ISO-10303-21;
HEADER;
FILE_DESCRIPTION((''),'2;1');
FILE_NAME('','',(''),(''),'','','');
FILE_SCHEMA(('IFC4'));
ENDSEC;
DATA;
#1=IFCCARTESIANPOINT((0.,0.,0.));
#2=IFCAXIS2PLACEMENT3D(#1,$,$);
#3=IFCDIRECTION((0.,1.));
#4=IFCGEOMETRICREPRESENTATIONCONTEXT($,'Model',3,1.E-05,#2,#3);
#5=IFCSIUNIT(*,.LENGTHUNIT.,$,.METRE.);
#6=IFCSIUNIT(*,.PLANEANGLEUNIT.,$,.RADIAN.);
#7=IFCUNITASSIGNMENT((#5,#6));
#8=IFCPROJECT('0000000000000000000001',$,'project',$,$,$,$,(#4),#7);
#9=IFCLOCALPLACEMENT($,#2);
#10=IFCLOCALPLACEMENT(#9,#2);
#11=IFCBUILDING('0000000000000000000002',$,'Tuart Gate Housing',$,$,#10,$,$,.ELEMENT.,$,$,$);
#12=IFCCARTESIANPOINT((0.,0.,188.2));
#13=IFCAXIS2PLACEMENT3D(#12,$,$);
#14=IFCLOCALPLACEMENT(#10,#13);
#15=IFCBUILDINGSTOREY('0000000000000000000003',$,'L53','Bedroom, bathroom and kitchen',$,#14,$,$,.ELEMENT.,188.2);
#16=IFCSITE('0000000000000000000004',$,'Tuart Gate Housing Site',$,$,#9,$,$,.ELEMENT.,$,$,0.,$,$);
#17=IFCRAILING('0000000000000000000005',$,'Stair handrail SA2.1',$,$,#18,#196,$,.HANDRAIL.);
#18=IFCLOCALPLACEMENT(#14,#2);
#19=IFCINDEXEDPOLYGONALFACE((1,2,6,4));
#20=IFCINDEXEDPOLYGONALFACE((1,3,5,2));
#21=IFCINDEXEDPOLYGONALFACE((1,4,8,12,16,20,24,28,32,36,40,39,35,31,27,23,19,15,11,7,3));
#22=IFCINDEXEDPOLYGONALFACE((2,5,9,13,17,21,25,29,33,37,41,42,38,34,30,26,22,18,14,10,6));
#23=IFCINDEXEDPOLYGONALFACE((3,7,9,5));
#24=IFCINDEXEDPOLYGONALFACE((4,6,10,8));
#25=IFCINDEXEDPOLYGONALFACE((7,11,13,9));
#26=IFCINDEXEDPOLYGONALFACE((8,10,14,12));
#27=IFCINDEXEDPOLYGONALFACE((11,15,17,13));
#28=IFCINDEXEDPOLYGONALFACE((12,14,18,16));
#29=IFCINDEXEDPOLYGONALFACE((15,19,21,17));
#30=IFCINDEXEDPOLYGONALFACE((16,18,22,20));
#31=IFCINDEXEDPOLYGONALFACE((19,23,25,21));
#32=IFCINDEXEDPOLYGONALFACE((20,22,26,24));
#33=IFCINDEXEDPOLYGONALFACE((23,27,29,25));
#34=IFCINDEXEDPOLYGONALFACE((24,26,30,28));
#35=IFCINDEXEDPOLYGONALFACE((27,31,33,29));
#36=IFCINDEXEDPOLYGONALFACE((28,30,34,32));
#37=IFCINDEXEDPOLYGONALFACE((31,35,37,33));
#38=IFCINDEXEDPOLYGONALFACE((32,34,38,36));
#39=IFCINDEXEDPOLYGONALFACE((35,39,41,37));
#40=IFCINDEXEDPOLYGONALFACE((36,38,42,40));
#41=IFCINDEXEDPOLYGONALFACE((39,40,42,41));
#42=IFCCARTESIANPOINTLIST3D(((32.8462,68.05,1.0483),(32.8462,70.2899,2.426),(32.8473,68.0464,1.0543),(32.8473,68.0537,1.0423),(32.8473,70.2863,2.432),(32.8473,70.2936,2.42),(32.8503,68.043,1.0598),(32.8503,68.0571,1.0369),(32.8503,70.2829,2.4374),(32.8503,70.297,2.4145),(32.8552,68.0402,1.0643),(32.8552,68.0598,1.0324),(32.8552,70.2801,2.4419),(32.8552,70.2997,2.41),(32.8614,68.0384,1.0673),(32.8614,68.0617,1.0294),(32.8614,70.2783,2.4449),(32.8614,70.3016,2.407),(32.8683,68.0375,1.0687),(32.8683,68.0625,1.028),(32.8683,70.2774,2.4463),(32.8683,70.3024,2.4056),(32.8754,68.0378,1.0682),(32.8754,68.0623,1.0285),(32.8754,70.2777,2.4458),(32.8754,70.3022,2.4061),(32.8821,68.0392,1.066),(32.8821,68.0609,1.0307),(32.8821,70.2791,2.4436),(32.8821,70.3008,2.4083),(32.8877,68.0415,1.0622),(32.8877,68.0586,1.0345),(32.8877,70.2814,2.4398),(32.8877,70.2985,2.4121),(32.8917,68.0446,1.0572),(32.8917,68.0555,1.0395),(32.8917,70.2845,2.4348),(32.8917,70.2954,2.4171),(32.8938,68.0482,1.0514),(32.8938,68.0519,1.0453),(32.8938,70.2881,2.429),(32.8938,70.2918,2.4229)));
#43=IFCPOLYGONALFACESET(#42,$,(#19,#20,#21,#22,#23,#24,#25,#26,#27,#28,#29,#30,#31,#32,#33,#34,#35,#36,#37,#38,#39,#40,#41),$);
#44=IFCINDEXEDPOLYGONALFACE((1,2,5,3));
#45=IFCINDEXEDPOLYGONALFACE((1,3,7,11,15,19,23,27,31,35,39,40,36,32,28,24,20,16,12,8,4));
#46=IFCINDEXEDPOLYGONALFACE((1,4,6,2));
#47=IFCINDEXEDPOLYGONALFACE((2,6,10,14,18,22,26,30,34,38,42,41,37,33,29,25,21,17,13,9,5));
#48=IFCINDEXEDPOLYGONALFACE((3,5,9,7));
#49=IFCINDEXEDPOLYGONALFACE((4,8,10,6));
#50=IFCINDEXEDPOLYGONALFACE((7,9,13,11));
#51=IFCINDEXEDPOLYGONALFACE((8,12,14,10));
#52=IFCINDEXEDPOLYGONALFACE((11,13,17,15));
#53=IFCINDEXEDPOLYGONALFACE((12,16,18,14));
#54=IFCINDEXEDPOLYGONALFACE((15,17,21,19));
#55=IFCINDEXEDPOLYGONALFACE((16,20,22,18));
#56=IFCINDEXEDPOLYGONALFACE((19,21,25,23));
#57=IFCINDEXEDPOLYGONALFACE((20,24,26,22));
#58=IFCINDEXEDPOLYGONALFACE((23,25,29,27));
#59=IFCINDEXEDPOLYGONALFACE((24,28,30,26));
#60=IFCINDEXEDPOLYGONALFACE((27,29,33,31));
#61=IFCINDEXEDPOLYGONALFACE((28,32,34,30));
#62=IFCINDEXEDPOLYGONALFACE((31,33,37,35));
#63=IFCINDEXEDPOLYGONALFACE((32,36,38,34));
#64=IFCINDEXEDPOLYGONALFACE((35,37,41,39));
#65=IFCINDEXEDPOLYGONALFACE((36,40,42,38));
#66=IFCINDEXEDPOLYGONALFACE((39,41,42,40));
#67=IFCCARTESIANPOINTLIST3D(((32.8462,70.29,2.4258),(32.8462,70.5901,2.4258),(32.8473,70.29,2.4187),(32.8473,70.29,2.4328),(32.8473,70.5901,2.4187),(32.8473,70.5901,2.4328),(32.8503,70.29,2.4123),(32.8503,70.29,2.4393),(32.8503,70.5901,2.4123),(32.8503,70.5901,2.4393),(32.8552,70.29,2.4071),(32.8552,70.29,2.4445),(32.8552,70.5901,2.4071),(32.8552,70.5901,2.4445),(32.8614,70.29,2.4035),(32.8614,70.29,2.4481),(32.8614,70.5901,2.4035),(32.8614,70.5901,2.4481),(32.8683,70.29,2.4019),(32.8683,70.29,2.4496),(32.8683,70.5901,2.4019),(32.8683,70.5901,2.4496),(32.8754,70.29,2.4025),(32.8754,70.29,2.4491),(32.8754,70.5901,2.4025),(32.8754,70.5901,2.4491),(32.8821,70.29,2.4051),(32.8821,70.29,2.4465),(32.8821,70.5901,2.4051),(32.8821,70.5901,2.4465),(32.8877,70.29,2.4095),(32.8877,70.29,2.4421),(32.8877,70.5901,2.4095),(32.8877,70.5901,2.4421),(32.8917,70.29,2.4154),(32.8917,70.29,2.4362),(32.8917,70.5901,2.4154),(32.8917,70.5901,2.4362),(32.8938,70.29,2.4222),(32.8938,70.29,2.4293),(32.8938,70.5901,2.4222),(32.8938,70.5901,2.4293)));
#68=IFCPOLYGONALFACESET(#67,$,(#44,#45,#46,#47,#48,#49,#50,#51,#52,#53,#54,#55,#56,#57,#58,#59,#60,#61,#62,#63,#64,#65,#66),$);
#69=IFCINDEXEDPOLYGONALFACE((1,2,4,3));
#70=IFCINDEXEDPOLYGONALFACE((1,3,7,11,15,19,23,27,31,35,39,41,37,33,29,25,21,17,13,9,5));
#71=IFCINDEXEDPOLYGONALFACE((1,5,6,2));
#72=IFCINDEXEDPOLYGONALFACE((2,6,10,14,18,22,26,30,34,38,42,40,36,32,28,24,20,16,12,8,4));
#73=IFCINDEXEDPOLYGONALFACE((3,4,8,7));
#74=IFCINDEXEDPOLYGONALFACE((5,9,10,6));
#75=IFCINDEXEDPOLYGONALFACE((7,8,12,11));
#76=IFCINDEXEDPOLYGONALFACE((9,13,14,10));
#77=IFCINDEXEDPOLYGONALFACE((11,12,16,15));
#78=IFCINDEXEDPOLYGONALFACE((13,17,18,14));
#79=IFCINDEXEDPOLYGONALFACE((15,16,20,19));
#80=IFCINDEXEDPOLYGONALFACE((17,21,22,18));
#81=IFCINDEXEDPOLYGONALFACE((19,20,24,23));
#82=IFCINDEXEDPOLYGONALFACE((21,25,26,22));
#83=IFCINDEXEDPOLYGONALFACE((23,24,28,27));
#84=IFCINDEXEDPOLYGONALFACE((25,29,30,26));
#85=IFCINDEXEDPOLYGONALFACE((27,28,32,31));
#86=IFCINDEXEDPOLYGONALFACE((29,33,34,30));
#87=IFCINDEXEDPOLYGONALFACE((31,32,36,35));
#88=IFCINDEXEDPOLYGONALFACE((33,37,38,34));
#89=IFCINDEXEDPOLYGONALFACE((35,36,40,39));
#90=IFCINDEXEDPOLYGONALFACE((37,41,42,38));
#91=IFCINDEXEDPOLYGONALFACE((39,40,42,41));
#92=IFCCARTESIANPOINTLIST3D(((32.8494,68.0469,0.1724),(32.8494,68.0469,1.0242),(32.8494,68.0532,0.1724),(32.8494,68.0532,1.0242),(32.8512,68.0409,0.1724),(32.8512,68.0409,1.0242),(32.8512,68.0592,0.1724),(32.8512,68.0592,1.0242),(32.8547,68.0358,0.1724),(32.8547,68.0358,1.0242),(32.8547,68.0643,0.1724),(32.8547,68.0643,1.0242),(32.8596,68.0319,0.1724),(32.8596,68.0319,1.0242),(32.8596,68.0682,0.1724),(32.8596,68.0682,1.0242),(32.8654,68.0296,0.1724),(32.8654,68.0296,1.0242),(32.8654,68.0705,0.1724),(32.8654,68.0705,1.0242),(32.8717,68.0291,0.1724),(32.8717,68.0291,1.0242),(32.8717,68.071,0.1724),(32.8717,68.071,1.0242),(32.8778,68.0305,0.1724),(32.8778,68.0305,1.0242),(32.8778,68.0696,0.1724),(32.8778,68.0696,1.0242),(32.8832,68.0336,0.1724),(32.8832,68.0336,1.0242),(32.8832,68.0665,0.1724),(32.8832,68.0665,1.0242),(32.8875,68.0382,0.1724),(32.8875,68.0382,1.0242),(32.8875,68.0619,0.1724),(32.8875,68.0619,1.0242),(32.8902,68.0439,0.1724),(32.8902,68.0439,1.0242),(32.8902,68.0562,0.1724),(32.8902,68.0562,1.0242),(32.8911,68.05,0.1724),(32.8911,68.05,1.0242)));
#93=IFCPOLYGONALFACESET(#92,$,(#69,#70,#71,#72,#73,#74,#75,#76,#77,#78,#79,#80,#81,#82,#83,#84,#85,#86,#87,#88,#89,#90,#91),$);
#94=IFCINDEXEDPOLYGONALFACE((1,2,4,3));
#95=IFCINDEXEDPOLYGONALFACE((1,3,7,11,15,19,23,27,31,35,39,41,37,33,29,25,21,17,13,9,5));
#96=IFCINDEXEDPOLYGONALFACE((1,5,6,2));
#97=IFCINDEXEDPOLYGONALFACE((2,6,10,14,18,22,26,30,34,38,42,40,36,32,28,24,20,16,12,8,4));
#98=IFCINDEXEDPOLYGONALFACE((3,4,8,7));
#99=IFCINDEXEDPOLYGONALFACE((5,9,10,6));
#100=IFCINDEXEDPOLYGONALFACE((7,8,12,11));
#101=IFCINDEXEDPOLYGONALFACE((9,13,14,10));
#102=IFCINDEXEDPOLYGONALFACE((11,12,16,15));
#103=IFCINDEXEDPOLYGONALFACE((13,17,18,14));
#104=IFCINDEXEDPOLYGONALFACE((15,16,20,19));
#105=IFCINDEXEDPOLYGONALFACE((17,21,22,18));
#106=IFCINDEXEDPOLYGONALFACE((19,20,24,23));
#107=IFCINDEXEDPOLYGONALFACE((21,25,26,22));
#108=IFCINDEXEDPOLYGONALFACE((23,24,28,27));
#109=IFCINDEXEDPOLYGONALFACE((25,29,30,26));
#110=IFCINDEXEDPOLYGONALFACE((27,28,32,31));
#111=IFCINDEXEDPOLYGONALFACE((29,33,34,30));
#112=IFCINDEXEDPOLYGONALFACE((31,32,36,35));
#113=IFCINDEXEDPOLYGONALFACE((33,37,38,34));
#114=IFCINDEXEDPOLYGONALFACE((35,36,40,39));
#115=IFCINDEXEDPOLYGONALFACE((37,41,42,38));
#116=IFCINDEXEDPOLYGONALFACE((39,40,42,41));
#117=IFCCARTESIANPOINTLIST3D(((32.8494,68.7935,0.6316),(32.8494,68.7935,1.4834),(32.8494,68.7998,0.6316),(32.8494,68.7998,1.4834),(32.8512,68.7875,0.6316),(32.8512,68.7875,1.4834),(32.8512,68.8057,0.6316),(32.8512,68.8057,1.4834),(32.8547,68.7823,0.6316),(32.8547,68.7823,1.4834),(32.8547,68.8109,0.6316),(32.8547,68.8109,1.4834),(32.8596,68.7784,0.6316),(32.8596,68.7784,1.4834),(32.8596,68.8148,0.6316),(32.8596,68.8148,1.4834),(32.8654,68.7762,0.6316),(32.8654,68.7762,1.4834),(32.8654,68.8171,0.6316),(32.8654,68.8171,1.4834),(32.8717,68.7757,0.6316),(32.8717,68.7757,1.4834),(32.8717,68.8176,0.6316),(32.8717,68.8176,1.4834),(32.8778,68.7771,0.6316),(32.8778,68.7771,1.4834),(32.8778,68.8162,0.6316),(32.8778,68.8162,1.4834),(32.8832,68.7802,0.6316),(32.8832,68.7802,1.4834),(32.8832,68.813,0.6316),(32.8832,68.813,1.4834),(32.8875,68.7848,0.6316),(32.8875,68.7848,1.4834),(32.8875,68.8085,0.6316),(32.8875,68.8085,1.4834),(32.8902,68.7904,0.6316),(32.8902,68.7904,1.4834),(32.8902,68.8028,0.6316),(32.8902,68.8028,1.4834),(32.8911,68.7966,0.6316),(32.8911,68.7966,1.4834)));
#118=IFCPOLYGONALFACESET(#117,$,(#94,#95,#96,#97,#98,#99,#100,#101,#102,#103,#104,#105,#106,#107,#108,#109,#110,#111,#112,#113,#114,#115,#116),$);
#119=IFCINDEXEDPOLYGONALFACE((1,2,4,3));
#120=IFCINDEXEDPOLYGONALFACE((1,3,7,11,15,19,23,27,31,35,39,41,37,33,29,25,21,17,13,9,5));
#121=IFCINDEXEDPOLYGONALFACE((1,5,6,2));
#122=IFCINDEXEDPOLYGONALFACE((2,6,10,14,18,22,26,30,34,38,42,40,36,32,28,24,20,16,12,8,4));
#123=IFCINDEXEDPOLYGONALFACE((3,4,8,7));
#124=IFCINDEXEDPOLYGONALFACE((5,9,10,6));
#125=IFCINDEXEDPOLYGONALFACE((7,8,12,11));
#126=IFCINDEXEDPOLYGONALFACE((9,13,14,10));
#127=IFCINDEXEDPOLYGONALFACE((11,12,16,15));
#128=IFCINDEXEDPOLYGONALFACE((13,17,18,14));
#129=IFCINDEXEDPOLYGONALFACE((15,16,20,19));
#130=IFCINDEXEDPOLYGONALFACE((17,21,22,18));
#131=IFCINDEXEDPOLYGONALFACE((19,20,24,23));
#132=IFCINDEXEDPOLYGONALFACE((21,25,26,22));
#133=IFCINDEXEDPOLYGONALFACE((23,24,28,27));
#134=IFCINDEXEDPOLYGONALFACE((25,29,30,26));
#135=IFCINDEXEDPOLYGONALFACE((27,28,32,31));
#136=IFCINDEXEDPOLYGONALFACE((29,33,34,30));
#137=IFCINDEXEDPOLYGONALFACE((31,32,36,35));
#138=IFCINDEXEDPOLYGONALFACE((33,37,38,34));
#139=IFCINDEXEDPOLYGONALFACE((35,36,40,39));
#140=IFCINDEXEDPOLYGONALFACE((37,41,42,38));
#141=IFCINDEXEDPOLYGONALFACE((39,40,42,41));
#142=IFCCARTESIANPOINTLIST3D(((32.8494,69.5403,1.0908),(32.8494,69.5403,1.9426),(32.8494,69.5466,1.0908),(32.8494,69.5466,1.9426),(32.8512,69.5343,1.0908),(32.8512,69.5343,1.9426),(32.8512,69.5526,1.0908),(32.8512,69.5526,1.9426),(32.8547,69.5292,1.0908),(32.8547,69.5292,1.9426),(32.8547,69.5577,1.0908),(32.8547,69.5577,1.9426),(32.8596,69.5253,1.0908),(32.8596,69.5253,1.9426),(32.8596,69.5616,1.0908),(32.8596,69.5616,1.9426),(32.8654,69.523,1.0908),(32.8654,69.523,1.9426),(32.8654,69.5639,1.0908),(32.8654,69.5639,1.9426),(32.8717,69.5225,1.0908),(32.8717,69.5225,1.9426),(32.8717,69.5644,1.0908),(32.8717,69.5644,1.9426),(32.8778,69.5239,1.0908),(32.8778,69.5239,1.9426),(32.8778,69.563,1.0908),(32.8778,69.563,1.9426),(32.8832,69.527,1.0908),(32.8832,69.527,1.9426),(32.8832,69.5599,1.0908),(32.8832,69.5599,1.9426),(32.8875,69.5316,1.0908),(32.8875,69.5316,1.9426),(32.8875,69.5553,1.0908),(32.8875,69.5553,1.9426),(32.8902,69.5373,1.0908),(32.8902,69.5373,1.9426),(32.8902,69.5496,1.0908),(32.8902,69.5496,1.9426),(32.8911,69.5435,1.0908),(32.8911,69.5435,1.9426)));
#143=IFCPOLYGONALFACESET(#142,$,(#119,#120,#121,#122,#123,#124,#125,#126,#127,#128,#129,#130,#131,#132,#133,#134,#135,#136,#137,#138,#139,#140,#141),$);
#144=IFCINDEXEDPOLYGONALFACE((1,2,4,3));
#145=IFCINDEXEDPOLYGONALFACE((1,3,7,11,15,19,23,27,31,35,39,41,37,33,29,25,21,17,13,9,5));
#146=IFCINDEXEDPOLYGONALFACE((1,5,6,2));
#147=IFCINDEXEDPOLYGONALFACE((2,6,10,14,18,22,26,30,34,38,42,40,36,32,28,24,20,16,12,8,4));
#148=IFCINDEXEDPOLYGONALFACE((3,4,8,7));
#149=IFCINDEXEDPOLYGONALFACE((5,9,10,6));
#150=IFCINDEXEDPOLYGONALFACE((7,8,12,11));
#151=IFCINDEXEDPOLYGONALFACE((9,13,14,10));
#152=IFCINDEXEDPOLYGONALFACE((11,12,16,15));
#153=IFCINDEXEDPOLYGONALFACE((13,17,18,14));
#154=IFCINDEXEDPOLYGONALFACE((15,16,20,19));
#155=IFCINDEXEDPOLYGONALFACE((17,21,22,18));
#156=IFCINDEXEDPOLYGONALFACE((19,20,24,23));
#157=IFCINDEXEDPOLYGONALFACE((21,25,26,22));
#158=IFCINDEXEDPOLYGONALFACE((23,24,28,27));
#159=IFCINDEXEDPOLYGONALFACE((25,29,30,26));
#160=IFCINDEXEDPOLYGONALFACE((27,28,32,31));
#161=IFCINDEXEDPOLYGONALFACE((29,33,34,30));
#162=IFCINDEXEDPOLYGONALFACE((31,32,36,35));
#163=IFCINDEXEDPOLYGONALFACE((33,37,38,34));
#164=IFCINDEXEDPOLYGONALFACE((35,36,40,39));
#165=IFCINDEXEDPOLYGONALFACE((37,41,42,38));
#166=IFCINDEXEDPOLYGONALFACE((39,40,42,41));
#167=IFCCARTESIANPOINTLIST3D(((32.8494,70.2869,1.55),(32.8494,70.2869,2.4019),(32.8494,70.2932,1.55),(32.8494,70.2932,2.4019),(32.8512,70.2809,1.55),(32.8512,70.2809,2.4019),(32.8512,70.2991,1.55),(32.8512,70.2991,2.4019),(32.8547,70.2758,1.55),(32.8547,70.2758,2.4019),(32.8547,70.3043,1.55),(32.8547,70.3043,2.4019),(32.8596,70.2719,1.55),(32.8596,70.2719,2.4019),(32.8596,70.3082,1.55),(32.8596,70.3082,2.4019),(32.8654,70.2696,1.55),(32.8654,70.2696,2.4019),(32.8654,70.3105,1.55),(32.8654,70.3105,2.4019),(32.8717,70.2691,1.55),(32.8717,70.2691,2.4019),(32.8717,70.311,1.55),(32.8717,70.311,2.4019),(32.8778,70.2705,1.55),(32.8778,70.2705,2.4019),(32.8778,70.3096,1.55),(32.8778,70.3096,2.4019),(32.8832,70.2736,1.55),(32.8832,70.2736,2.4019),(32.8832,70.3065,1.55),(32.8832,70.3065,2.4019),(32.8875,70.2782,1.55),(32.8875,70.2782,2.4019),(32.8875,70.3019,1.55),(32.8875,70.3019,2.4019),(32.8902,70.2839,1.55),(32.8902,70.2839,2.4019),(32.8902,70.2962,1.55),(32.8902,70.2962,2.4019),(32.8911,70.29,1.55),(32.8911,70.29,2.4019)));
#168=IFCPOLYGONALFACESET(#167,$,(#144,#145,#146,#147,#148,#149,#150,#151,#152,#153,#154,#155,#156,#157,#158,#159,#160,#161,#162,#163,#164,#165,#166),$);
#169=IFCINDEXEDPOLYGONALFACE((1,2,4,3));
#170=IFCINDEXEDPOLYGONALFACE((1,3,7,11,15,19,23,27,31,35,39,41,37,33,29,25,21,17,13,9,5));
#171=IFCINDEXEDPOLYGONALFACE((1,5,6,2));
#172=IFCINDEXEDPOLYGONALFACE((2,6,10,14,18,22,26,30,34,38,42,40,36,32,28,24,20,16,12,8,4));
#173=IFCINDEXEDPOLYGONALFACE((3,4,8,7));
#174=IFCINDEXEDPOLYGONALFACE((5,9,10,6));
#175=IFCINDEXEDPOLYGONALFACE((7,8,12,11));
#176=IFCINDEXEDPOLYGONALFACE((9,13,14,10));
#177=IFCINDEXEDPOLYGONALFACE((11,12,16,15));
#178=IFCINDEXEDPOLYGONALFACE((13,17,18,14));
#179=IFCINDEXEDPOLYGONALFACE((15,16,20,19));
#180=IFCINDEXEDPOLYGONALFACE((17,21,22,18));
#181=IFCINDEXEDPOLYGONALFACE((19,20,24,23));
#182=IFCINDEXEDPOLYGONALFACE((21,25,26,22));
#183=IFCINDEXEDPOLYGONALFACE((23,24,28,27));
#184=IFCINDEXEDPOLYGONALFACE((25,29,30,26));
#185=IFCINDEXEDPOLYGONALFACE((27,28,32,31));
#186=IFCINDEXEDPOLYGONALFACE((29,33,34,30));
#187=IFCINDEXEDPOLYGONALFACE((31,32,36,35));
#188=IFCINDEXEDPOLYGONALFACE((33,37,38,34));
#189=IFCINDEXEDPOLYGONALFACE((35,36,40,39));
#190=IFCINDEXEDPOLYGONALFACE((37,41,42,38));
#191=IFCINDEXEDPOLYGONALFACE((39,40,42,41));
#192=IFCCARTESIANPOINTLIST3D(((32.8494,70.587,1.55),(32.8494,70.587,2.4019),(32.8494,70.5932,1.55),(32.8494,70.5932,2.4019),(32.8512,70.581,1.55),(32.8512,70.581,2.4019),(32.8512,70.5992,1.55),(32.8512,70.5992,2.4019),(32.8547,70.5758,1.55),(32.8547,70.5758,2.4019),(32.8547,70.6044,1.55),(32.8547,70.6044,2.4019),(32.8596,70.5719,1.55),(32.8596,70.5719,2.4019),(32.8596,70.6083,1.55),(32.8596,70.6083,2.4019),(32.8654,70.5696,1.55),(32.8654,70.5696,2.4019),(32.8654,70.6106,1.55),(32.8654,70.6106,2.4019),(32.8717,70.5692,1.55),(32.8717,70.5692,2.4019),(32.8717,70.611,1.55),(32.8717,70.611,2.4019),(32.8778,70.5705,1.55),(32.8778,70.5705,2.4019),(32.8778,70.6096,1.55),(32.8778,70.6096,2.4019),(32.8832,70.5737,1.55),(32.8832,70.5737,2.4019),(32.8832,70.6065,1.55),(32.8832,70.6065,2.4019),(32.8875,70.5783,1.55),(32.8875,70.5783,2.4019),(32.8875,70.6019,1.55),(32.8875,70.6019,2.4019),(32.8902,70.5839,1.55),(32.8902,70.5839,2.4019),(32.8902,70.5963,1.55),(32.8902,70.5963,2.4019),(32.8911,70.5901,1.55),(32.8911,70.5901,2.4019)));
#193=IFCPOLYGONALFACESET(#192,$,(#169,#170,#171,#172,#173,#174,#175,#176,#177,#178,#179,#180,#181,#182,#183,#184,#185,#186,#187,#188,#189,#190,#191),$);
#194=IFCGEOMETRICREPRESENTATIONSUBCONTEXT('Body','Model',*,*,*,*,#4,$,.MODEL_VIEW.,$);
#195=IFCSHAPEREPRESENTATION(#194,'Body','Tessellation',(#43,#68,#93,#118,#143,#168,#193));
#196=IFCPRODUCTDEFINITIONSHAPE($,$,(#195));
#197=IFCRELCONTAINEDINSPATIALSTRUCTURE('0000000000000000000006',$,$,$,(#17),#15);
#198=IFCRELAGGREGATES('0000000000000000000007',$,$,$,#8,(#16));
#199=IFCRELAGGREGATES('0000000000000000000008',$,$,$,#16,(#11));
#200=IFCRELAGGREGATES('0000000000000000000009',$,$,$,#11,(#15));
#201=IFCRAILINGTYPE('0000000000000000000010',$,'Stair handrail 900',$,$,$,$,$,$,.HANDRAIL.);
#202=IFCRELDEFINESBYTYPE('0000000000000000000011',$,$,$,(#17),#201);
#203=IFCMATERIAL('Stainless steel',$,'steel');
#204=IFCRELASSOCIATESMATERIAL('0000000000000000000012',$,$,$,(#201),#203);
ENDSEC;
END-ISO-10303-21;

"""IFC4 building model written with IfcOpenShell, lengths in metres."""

from ifc_helpers import new_model, si_unit, direction, frame, origin, origin_2d, place, context, subcontext, project, spatial, circle, extrude, material, type_object, element, save


model = new_model("IFC4")

# Units and contexts
model_context = context("Model", 3, precision=1e-05, world=origin(), true_north=direction((0.0, 1.0)))
body_context = subcontext(model_context, "Body", "Model", "MODEL_VIEW")
ifc_project = project(units=[si_unit("LENGTHUNIT", "METRE"), si_unit("PLANEANGLEUNIT", "RADIAN")], contexts=[model_context])

# Site, building, storey
site_placement = place(None, origin())
site = spatial("IfcSite", under=ifc_project, at=site_placement, Name="Tuart Gate Housing Site", CompositionType="ELEMENT", RefElevation=0.0)
building_placement = place(site_placement, origin())
building = spatial("IfcBuilding", under=site, at=building_placement, Name="Tuart Gate Housing", CompositionType="ELEMENT")
storey_placement = place(building_placement, frame((0.0, 0.0, 188.2)))
storey = spatial("IfcBuildingStorey", under=building, at=storey_placement, Name="L53", Description="Bedroom, bathroom and kitchen", CompositionType="ELEMENT", Elevation=188.2)

# Railing
ifc_material_1 = material(Name="Stainless steel", Category="steel")
railing_type = type_object("IfcRailingType", Name="Stair handrail 900", PredefinedType="HANDRAIL", material=ifc_material_1)
railing_placement = place(storey_placement, frame((32.8701, 68.05, 0.1724)))
element("IfcRailing", 1, at=railing_placement, inside=storey, type_object=railing_type, Name="Stair handrail SA2.1", PredefinedType="HANDRAIL", context=body_context, shape_type="SweptSolid", body=[
    extrude(circle(Radius=0.0239, at=origin_2d()), frame((0.0, 0.0, 0.876), z_axis=(0.0, 0.851789, 0.523885), x_axis=(-1.0, 0.0, 0.0)), (0.0, 0.0, 1.0), 2.6296),
    extrude(circle(Radius=0.0239, at=origin_2d()), frame((0.0, 2.24, 2.2534), z_axis=(0.0, 1.0, 0.0), x_axis=(-1.0, 0.0, 0.0)), (0.0, 0.0, 1.0), 0.3),
    extrude(circle(Radius=0.021, at=origin_2d()), origin(), (0.0, 0.0, 1.0), 0.8518),
    extrude(circle(Radius=0.021, at=origin_2d()), frame((0.0, 0.7466, 0.4592)), (0.0, 0.0, 1.0), 0.8518),
    extrude(circle(Radius=0.021, at=origin_2d()), frame((0.0, 1.4934, 0.9185)), (0.0, 0.0, 1.0), 0.8518),
    extrude(circle(Radius=0.021, at=origin_2d()), frame((0.0, 2.24, 1.3777)), (0.0, 0.0, 1.0), 0.8518),
    extrude(circle(Radius=0.021, at=origin_2d()), frame((0.0, 2.54, 1.3777)), (0.0, 0.0, 1.0), 0.8518),
])

save(model, "model.ifc")
